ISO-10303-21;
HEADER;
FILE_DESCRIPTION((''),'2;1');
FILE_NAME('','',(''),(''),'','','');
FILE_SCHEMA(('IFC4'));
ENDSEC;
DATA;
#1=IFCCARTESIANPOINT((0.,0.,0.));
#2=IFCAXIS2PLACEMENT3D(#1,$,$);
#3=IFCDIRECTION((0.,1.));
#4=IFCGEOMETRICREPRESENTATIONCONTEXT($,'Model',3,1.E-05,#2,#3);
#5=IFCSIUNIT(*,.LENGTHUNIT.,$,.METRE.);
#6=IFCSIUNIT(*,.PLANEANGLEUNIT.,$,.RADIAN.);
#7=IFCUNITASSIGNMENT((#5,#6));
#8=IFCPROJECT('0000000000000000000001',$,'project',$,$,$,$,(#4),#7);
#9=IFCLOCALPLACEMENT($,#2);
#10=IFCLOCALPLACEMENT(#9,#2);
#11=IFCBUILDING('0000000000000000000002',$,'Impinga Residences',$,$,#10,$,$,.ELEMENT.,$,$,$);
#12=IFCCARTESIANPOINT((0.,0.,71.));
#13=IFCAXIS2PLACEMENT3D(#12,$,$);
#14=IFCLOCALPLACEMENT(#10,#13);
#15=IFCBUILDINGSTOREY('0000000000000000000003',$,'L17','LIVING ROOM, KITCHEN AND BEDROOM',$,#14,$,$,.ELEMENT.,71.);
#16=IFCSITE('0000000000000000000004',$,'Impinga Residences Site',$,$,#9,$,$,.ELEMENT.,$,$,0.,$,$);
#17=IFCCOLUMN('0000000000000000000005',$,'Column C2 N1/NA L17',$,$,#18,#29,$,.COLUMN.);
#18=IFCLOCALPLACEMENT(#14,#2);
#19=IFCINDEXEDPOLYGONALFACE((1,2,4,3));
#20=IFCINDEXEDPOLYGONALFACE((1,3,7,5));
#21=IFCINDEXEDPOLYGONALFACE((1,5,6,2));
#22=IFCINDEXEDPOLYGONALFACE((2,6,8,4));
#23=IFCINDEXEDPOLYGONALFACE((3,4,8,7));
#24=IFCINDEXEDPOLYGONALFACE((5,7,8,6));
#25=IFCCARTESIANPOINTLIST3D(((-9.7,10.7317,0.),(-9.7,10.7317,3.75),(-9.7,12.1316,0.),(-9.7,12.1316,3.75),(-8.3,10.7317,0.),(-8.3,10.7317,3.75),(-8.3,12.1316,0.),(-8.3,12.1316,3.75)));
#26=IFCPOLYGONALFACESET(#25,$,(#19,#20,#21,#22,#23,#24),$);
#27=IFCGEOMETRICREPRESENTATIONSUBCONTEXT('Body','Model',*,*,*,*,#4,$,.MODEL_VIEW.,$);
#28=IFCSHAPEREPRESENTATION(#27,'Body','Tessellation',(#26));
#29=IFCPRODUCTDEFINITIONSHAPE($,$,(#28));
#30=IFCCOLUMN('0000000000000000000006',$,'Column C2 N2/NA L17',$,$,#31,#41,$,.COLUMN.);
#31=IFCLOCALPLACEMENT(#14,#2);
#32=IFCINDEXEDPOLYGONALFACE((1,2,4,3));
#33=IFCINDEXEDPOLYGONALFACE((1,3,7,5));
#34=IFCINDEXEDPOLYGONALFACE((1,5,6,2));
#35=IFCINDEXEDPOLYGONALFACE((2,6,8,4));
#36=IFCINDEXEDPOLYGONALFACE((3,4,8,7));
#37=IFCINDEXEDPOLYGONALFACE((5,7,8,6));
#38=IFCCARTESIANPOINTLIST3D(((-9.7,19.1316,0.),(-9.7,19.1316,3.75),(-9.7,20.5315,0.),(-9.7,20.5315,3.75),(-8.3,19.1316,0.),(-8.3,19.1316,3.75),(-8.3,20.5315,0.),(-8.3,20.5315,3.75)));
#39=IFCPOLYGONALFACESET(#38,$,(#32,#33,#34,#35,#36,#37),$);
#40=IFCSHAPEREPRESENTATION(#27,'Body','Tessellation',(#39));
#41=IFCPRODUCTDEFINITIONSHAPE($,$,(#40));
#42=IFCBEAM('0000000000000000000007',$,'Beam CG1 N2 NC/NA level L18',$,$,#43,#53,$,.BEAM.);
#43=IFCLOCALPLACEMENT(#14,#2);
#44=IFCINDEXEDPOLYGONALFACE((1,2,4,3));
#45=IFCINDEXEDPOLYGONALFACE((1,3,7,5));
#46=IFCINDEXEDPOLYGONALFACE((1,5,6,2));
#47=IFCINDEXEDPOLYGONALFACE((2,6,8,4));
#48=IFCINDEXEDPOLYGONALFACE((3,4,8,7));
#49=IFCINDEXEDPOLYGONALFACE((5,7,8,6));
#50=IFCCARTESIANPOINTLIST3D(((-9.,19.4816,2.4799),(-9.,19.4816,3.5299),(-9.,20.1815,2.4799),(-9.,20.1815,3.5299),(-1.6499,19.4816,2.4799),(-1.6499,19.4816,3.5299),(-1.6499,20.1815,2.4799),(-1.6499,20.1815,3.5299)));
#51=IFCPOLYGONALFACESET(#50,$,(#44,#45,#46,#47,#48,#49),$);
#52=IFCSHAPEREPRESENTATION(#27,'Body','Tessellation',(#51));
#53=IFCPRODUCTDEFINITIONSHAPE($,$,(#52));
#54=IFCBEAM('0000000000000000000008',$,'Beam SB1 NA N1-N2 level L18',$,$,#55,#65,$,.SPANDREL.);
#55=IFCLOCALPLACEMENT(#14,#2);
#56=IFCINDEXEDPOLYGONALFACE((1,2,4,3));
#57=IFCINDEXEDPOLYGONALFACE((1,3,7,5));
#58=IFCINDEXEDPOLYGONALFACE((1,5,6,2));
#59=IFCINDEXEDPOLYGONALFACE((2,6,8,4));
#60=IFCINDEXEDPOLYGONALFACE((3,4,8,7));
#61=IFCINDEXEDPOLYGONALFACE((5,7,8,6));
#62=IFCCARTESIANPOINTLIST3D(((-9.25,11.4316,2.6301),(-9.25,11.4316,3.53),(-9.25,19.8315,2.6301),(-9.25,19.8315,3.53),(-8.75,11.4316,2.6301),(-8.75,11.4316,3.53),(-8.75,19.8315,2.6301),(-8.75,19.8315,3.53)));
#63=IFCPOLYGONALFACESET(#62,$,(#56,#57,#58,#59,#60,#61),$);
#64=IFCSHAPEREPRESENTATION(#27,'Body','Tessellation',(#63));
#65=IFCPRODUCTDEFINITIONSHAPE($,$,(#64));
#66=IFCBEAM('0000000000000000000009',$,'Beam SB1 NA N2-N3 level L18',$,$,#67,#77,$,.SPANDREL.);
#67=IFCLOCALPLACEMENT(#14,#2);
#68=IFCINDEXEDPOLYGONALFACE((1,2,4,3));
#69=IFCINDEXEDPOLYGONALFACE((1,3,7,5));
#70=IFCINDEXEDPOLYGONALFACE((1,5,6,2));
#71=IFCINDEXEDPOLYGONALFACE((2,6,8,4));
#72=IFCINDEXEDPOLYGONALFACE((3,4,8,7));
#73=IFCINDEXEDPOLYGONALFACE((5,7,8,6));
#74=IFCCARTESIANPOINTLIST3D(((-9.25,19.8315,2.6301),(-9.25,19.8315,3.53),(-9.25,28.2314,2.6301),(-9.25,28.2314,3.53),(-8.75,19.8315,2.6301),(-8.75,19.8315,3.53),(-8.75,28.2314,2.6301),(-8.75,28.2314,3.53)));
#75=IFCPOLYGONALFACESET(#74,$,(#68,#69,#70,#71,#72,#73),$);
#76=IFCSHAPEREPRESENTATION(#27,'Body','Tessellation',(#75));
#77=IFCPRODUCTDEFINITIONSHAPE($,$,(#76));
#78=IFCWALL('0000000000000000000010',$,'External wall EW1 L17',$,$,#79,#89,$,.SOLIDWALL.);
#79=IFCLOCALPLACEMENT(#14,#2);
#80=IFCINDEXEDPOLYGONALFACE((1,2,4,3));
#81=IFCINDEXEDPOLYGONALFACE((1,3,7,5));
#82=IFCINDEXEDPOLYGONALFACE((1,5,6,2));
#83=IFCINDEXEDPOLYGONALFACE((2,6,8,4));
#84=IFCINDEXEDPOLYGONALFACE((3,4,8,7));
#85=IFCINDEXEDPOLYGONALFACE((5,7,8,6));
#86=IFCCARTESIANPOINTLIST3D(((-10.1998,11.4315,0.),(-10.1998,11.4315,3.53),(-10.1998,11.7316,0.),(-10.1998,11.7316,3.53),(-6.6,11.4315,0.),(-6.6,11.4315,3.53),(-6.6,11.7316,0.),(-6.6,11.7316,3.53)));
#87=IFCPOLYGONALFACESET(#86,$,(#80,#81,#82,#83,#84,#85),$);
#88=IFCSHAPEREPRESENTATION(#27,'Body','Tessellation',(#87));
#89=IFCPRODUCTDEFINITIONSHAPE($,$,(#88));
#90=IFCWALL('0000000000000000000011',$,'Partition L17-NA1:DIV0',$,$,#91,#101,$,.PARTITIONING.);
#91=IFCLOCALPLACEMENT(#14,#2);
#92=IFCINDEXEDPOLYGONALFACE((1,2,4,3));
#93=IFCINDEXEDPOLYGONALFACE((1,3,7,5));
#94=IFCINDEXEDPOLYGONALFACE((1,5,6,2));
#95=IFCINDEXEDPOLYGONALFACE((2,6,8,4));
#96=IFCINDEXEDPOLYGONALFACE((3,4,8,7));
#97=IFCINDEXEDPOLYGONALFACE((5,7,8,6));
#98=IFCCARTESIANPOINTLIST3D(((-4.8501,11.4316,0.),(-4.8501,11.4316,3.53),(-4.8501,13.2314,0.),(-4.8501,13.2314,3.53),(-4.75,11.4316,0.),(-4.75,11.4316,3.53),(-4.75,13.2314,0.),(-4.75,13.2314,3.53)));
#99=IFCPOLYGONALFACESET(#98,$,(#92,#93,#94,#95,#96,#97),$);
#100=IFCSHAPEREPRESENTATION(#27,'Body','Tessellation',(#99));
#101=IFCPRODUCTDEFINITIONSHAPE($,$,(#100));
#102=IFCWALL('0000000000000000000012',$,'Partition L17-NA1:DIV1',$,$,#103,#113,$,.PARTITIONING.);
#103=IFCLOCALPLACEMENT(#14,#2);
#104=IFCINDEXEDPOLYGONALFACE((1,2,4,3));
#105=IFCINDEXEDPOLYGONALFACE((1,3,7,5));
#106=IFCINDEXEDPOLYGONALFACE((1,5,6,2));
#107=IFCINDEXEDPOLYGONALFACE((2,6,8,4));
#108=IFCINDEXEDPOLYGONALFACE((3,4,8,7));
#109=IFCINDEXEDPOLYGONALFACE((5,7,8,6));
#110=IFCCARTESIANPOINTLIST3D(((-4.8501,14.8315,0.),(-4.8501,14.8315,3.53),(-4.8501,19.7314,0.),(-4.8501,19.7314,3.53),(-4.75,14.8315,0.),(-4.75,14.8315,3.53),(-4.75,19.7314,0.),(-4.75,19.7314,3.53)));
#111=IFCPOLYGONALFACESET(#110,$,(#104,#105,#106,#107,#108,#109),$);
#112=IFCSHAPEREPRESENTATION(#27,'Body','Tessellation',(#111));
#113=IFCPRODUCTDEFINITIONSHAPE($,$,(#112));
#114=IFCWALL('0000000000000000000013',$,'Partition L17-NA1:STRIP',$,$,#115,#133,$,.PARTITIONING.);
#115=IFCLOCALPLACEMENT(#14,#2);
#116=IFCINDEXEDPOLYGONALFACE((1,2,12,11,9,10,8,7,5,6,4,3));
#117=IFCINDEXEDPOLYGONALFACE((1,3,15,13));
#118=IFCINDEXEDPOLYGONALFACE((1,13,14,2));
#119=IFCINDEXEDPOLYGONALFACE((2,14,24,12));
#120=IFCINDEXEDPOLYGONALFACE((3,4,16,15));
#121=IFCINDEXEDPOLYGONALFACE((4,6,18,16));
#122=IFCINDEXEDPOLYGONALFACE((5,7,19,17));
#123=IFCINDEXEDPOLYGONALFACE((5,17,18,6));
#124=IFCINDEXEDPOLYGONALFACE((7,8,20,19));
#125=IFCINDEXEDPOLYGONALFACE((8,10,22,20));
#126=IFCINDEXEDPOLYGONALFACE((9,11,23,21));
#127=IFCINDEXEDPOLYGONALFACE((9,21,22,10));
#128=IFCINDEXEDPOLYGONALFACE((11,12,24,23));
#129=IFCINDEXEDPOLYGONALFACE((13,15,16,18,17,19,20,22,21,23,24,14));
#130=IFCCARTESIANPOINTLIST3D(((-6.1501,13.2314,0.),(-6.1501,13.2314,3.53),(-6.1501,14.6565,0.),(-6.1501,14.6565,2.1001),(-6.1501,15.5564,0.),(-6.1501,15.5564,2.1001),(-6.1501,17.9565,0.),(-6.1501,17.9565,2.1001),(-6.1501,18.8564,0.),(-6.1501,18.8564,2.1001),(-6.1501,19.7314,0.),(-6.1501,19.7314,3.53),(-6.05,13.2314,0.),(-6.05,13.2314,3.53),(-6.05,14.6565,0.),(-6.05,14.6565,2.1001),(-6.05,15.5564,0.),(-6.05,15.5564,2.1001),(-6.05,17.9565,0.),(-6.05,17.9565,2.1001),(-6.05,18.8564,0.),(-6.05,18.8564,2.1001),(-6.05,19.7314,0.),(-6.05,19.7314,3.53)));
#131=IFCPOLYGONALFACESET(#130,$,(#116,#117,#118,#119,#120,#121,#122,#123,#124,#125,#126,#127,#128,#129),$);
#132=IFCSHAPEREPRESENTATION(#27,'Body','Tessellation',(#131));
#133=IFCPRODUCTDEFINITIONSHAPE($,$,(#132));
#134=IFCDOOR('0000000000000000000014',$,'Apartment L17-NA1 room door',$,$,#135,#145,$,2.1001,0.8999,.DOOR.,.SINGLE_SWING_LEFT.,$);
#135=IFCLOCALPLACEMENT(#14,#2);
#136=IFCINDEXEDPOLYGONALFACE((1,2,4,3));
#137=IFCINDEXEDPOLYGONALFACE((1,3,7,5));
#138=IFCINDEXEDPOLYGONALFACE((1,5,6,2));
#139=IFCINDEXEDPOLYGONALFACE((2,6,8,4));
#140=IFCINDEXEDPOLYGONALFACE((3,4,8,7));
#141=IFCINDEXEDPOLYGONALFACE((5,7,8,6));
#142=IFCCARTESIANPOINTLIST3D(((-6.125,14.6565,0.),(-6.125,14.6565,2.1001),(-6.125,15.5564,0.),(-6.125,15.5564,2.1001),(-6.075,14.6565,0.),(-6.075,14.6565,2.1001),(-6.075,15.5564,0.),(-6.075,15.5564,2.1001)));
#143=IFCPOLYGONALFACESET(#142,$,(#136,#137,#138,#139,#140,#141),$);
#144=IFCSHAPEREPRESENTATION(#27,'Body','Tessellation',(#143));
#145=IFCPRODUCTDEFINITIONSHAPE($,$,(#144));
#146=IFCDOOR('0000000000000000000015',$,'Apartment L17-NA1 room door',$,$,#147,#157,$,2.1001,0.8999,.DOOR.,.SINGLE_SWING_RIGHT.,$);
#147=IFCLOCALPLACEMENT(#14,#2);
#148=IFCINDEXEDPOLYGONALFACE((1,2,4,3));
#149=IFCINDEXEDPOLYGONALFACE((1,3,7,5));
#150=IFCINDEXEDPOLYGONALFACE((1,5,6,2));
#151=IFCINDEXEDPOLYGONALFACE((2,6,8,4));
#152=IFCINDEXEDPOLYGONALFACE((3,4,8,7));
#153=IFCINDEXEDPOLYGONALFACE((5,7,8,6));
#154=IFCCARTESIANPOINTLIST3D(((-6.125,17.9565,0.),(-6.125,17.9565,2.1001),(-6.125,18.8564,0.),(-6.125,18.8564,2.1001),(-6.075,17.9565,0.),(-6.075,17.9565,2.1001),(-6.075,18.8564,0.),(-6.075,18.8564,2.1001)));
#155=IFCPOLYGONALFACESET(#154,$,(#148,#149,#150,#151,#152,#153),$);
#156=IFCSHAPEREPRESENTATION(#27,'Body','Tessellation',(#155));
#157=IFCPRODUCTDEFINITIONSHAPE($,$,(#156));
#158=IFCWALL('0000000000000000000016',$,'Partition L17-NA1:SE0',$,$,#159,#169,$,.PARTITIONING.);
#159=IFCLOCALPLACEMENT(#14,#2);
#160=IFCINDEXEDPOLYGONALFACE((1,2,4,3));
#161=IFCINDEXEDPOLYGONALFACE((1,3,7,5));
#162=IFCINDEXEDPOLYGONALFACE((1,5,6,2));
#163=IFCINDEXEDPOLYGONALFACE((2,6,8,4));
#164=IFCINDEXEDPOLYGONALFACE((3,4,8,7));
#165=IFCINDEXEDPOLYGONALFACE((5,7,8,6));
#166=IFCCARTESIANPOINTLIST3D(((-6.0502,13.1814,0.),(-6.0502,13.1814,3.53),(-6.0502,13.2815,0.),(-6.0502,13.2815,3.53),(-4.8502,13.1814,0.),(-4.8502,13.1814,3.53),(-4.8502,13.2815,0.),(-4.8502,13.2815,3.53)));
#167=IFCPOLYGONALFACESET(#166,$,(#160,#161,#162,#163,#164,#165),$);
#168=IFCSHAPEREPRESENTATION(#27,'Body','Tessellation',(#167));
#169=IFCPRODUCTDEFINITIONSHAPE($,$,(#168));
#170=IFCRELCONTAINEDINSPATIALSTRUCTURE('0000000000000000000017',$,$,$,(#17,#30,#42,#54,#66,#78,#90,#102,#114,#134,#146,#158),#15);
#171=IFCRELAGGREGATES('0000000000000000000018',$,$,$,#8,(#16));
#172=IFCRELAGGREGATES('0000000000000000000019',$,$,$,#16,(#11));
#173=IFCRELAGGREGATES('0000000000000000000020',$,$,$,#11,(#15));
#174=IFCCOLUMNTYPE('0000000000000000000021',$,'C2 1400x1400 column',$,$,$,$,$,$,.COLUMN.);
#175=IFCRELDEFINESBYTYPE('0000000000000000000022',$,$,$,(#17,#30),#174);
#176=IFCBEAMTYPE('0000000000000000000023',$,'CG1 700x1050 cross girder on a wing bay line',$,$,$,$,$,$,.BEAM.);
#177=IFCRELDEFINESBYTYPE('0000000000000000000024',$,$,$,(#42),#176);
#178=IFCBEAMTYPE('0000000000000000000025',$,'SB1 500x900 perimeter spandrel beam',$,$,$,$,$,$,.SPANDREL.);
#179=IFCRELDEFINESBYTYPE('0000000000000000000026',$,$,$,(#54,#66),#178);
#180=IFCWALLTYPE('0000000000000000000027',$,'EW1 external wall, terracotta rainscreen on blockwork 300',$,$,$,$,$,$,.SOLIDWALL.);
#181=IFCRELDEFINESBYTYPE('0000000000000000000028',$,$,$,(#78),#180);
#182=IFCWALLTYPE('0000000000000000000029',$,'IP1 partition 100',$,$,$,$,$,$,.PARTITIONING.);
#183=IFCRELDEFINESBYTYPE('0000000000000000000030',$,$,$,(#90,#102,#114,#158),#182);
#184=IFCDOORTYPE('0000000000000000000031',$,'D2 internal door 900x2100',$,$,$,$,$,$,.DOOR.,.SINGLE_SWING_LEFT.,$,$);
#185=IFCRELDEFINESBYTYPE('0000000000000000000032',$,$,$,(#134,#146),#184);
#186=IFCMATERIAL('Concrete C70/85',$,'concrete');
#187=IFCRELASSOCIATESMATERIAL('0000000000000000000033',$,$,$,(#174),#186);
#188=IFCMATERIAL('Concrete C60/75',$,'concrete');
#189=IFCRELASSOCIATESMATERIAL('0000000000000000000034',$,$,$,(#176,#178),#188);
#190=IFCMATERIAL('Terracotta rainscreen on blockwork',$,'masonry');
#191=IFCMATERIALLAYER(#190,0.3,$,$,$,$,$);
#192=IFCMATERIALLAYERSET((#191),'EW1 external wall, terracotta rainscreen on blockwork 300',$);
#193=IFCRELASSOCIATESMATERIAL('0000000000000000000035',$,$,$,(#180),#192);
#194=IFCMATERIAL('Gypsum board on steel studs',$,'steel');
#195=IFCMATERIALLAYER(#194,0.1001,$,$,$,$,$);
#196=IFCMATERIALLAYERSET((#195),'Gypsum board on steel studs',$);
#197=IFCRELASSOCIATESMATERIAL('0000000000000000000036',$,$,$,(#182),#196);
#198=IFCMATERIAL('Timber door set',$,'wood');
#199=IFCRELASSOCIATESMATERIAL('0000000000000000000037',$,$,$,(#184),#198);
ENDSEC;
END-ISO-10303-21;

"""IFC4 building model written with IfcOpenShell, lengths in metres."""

from ifc_helpers import new_model, si_unit, direction, frame, frame_2d, origin, origin_2d, place, context, subcontext, project, spatial, rectangle, extrude, material, layer, layer_set, material_profile, profile_set, type_object, element, fill, save


model = new_model("IFC4")

# Units and contexts
model_context = context("Model", 3, precision=1e-05, world=origin(), true_north=direction((0.0, 1.0)))
body_context = subcontext(model_context, "Body", "Model", "MODEL_VIEW")
ifc_project = project(units=[si_unit("LENGTHUNIT", "METRE"), si_unit("PLANEANGLEUNIT", "RADIAN")], contexts=[model_context])

# Site, building, storey
site_placement = place(None, origin())
site = spatial("IfcSite", under=ifc_project, at=site_placement, Name="Impinga Residences Site", CompositionType="ELEMENT", RefElevation=0.0)
building_placement = place(site_placement, origin())
building = spatial("IfcBuilding", under=site, at=building_placement, Name="Impinga Residences", CompositionType="ELEMENT")
storey_placement = place(building_placement, frame((0.0, 0.0, 71.0)))
storey = spatial("IfcBuildingStorey", under=building, at=storey_placement, Name="L17", Description="LIVING ROOM, KITCHEN AND BEDROOM", CompositionType="ELEMENT", Elevation=71.0)

# Columns
ifc_material_1 = material(Name="Concrete C70/85", Category="concrete")
ifc_material_profile_1 = material_profile(ifc_material_1, rectangle(XDim=1.3999, YDim=1.3999, at=origin_2d()), Name="RC 1400x1400")
ifc_profile_set_1 = profile_set([ifc_material_profile_1], Name="Concrete C70/85")
column_type = type_object("IfcColumnType", Name="C2 1400x1400 column", PredefinedType="COLUMN", material=ifc_profile_set_1)
for number, where, z_axis, x_axis, name in (
    (1, (-9.0, 11.4316, 0.0), (0.0, 0.0, 1.0), (1.0, 0.0, 0.0), "Column C2 N1/NA L17"),
    (2, (-9.0, 19.8315, 0.0), (0.0, 0.0, 1.0), (1.0, 0.0, 0.0), "Column C2 N2/NA L17"),
):
    element("IfcColumn", number, at=place(storey_placement, frame(where, z_axis=z_axis, x_axis=x_axis)), inside=storey, type_object=column_type, Name=name, PredefinedType="COLUMN", context=body_context, shape_type="SweptSolid", body=[
        extrude(rectangle(XDim=1.3999, YDim=1.3999, at=origin_2d()), origin(), (0.0, 0.0, 1.0), 3.75),
    ])

# Beams
ifc_material_2 = material(Name="Concrete C60/75", Category="concrete")
ifc_material_profile_2 = material_profile(ifc_material_2, rectangle(XDim=0.7, YDim=1.05, at=origin_2d()), Name="RC 700x1050")
ifc_profile_set_2 = profile_set([ifc_material_profile_2], Name="Concrete C60/75")
beam_type_1 = type_object("IfcBeamType", Name="CG1 700x1050 cross girder on a wing bay line", PredefinedType="BEAM", material=ifc_profile_set_2)
beam_placement = place(storey_placement, frame((-1.6499, 19.8315, 3.0049), z_axis=(-1.0, 0.0, 0.0), x_axis=(0.0, -1.0, 0.0)))
element("IfcBeam", 3, at=beam_placement, inside=storey, type_object=beam_type_1, Name="Beam CG1 N2 NC/NA level L18", PredefinedType="BEAM", context=body_context, shape_type="SweptSolid", body=[
    extrude(rectangle(XDim=0.7, YDim=1.05, at=origin_2d()), origin(), (0.0, 0.0, 1.0), 7.3501),
])
ifc_material_profile_3 = material_profile(ifc_material_2, rectangle(XDim=0.5, YDim=0.8999, at=origin_2d()), Name="RC 500x900")
ifc_profile_set_3 = profile_set([ifc_material_profile_3], Name="Concrete C60/75")
beam_type_2 = type_object("IfcBeamType", Name="SB1 500x900 perimeter spandrel beam", PredefinedType="SPANDREL", material=ifc_profile_set_3)
for number, where, z_axis, x_axis, name in (
    (4, (-9.0, 11.4316, 3.0801), (0.0, 1.0, 0.0), (-1.0, 0.0, 0.0), "Beam SB1 NA N1-N2 level L18"),
    (5, (-9.0, 19.8315, 3.0801), (0.0, 1.0, 0.0), (-1.0, 0.0, 0.0), "Beam SB1 NA N2-N3 level L18"),
):
    element("IfcBeam", number, at=place(storey_placement, frame(where, z_axis=z_axis, x_axis=x_axis)), inside=storey, type_object=beam_type_2, Name=name, PredefinedType="SPANDREL", context=body_context, shape_type="SweptSolid", body=[
        extrude(rectangle(XDim=0.5, YDim=0.8999, at=origin_2d()), origin(), (0.0, 0.0, 1.0), 8.3999),
    ])

# Walls
ifc_material_3 = material(Name="Terracotta rainscreen on blockwork", Category="masonry")
ifc_layer_1 = layer(ifc_material_3, 0.3)
ifc_layer_set_1 = layer_set([ifc_layer_1], Name="EW1 external wall, terracotta rainscreen on blockwork 300")
wall_type_1 = type_object("IfcWallType", Name="EW1 external wall, terracotta rainscreen on blockwork 300", PredefinedType="SOLIDWALL", material=ifc_layer_set_1)
wall_1_placement = place(storey_placement, frame((-6.6001, 11.5815, 0.0), z_axis=(0.0, 0.0, 1.0), x_axis=(-1.0, 0.0, 0.0)))
element("IfcWall", 6, at=wall_1_placement, inside=storey, type_object=wall_type_1, Name="External wall EW1 L17", PredefinedType="SOLIDWALL", context=body_context, shape_type="SweptSolid", body=[
    extrude(rectangle(XDim=3.5999, YDim=0.3, at=frame_2d((1.7998, 0.0))), origin(), (0.0, 0.0, 1.0), 3.53),
])
ifc_material_4 = material(Name="Gypsum board on steel studs", Category="steel")
ifc_layer_2 = layer(ifc_material_4, 0.1001)
ifc_layer_set_2 = layer_set([ifc_layer_2], Name="Gypsum board on steel studs")
wall_type_2 = type_object("IfcWallType", Name="IP1 partition 100", PredefinedType="PARTITIONING", material=ifc_layer_set_2)
wall_2_placement = place(storey_placement, frame((-4.8, 11.4316, 0.0), z_axis=(0.0, 0.0, 1.0), x_axis=(0.0, 1.0, 0.0)))
element("IfcWall", 7, at=wall_2_placement, inside=storey, type_object=wall_type_2, Name="Partition L17-NA1:DIV0", PredefinedType="PARTITIONING", context=body_context, shape_type="SweptSolid", body=[
    extrude(rectangle(XDim=1.7998, YDim=0.1001, at=frame_2d((0.8999, 0.0))), origin(), (0.0, 0.0, 1.0), 3.53),
])
wall_3_placement = place(storey_placement, frame((-4.8, 14.8315, 0.0), z_axis=(0.0, 0.0, 1.0), x_axis=(0.0, 1.0, 0.0)))
element("IfcWall", 8, at=wall_3_placement, inside=storey, type_object=wall_type_2, Name="Partition L17-NA1:DIV1", PredefinedType="PARTITIONING", context=body_context, shape_type="SweptSolid", body=[
    extrude(rectangle(XDim=4.8999, YDim=0.1001, at=frame_2d((2.45, 0.0))), origin(), (0.0, 0.0, 1.0), 3.53),
])

# Wall, openings, doors
wall_4_placement = place(storey_placement, frame((-6.1001, 13.2314, 0.0), z_axis=(0.0, 0.0, 1.0), x_axis=(0.0, 1.0, 0.0)))
wall_4 = element("IfcWall", 9, at=wall_4_placement, inside=storey, type_object=wall_type_2, Name="Partition L17-NA1:STRIP", PredefinedType="PARTITIONING", context=body_context, shape_type="SweptSolid", body=[
    extrude(rectangle(XDim=6.5, YDim=0.1001, at=frame_2d((3.25, 0.0))), origin(), (0.0, 0.0, 1.0), 3.53),
])
opening_1_placement = place(wall_4_placement, frame((1.425, 0.0, 0.0)))
opening_1 = element("IfcOpeningElement", 10, at=opening_1_placement, cuts=wall_4, PredefinedType="OPENING", context=body_context, shape_type="SweptSolid", body=[
    extrude(rectangle(XDim=0.8999, YDim=2.1001, at=frame_2d((0.45, 1.05))), frame((0.0, 0.0601, 0.0), z_axis=(0.0, -1.0, 0.0), x_axis=(1.0, 0.0, 0.0)), (0.0, 0.0, 1.0), 0.1201),
])
opening_2_placement = place(wall_4_placement, frame((4.7251, 0.0, 0.0)))
opening_2 = element("IfcOpeningElement", 11, at=opening_2_placement, cuts=wall_4, PredefinedType="OPENING", context=body_context, shape_type="SweptSolid", body=[
    extrude(rectangle(XDim=0.8999, YDim=2.1001, at=frame_2d((0.45, 1.05))), frame((0.0, 0.0601, 0.0), z_axis=(0.0, -1.0, 0.0), x_axis=(1.0, 0.0, 0.0)), (0.0, 0.0, 1.0), 0.1201),
])
ifc_material_5 = material(Name="Timber door set", Category="wood")
door_type = type_object("IfcDoorType", Name="D2 internal door 900x2100", OperationType="SINGLE_SWING_LEFT", PredefinedType="DOOR", material=ifc_material_5)
door_1_placement = place(opening_1_placement, origin())
door_1 = element("IfcDoor", 12, at=door_1_placement, inside=storey, type_object=door_type, Name="Apartment L17-NA1 room door", OperationType="SINGLE_SWING_LEFT", OverallHeight=2.1001, OverallWidth=0.8999, PredefinedType="DOOR", context=body_context, shape_type="SweptSolid", body=[
    extrude(rectangle(XDim=0.8999, YDim=2.1001, at=frame_2d((0.45, 1.05))), frame((0.0, 0.0249, 0.0), z_axis=(0.0, -1.0, 0.0), x_axis=(1.0, 0.0, 0.0)), (0.0, 0.0, 1.0), 0.05),
])
fill(opening_1, door_1)
door_2_placement = place(opening_2_placement, origin())
door_2 = element("IfcDoor", 13, at=door_2_placement, inside=storey, type_object=door_type, Name="Apartment L17-NA1 room door", OperationType="SINGLE_SWING_RIGHT", OverallHeight=2.1001, OverallWidth=0.8999, PredefinedType="DOOR", context=body_context, shape_type="SweptSolid", body=[
    extrude(rectangle(XDim=0.8999, YDim=2.1001, at=frame_2d((0.45, 1.05))), frame((0.0, 0.0249, 0.0), z_axis=(0.0, -1.0, 0.0), x_axis=(1.0, 0.0, 0.0)), (0.0, 0.0, 1.0), 0.05),
])
fill(opening_2, door_2)

# Wall
wall_5_placement = place(storey_placement, frame((-4.8501, 13.2314, 0.0), z_axis=(0.0, 0.0, 1.0), x_axis=(-1.0, 0.0, 0.0)))
element("IfcWall", 14, at=wall_5_placement, inside=storey, type_object=wall_type_2, Name="Partition L17-NA1:SE0", PredefinedType="PARTITIONING", context=body_context, shape_type="SweptSolid", body=[
    extrude(rectangle(XDim=1.2, YDim=0.1001, at=frame_2d((0.6001, 0.0))), origin(), (0.0, 0.0, 1.0), 3.53),
])

save(model, "model.ifc")
